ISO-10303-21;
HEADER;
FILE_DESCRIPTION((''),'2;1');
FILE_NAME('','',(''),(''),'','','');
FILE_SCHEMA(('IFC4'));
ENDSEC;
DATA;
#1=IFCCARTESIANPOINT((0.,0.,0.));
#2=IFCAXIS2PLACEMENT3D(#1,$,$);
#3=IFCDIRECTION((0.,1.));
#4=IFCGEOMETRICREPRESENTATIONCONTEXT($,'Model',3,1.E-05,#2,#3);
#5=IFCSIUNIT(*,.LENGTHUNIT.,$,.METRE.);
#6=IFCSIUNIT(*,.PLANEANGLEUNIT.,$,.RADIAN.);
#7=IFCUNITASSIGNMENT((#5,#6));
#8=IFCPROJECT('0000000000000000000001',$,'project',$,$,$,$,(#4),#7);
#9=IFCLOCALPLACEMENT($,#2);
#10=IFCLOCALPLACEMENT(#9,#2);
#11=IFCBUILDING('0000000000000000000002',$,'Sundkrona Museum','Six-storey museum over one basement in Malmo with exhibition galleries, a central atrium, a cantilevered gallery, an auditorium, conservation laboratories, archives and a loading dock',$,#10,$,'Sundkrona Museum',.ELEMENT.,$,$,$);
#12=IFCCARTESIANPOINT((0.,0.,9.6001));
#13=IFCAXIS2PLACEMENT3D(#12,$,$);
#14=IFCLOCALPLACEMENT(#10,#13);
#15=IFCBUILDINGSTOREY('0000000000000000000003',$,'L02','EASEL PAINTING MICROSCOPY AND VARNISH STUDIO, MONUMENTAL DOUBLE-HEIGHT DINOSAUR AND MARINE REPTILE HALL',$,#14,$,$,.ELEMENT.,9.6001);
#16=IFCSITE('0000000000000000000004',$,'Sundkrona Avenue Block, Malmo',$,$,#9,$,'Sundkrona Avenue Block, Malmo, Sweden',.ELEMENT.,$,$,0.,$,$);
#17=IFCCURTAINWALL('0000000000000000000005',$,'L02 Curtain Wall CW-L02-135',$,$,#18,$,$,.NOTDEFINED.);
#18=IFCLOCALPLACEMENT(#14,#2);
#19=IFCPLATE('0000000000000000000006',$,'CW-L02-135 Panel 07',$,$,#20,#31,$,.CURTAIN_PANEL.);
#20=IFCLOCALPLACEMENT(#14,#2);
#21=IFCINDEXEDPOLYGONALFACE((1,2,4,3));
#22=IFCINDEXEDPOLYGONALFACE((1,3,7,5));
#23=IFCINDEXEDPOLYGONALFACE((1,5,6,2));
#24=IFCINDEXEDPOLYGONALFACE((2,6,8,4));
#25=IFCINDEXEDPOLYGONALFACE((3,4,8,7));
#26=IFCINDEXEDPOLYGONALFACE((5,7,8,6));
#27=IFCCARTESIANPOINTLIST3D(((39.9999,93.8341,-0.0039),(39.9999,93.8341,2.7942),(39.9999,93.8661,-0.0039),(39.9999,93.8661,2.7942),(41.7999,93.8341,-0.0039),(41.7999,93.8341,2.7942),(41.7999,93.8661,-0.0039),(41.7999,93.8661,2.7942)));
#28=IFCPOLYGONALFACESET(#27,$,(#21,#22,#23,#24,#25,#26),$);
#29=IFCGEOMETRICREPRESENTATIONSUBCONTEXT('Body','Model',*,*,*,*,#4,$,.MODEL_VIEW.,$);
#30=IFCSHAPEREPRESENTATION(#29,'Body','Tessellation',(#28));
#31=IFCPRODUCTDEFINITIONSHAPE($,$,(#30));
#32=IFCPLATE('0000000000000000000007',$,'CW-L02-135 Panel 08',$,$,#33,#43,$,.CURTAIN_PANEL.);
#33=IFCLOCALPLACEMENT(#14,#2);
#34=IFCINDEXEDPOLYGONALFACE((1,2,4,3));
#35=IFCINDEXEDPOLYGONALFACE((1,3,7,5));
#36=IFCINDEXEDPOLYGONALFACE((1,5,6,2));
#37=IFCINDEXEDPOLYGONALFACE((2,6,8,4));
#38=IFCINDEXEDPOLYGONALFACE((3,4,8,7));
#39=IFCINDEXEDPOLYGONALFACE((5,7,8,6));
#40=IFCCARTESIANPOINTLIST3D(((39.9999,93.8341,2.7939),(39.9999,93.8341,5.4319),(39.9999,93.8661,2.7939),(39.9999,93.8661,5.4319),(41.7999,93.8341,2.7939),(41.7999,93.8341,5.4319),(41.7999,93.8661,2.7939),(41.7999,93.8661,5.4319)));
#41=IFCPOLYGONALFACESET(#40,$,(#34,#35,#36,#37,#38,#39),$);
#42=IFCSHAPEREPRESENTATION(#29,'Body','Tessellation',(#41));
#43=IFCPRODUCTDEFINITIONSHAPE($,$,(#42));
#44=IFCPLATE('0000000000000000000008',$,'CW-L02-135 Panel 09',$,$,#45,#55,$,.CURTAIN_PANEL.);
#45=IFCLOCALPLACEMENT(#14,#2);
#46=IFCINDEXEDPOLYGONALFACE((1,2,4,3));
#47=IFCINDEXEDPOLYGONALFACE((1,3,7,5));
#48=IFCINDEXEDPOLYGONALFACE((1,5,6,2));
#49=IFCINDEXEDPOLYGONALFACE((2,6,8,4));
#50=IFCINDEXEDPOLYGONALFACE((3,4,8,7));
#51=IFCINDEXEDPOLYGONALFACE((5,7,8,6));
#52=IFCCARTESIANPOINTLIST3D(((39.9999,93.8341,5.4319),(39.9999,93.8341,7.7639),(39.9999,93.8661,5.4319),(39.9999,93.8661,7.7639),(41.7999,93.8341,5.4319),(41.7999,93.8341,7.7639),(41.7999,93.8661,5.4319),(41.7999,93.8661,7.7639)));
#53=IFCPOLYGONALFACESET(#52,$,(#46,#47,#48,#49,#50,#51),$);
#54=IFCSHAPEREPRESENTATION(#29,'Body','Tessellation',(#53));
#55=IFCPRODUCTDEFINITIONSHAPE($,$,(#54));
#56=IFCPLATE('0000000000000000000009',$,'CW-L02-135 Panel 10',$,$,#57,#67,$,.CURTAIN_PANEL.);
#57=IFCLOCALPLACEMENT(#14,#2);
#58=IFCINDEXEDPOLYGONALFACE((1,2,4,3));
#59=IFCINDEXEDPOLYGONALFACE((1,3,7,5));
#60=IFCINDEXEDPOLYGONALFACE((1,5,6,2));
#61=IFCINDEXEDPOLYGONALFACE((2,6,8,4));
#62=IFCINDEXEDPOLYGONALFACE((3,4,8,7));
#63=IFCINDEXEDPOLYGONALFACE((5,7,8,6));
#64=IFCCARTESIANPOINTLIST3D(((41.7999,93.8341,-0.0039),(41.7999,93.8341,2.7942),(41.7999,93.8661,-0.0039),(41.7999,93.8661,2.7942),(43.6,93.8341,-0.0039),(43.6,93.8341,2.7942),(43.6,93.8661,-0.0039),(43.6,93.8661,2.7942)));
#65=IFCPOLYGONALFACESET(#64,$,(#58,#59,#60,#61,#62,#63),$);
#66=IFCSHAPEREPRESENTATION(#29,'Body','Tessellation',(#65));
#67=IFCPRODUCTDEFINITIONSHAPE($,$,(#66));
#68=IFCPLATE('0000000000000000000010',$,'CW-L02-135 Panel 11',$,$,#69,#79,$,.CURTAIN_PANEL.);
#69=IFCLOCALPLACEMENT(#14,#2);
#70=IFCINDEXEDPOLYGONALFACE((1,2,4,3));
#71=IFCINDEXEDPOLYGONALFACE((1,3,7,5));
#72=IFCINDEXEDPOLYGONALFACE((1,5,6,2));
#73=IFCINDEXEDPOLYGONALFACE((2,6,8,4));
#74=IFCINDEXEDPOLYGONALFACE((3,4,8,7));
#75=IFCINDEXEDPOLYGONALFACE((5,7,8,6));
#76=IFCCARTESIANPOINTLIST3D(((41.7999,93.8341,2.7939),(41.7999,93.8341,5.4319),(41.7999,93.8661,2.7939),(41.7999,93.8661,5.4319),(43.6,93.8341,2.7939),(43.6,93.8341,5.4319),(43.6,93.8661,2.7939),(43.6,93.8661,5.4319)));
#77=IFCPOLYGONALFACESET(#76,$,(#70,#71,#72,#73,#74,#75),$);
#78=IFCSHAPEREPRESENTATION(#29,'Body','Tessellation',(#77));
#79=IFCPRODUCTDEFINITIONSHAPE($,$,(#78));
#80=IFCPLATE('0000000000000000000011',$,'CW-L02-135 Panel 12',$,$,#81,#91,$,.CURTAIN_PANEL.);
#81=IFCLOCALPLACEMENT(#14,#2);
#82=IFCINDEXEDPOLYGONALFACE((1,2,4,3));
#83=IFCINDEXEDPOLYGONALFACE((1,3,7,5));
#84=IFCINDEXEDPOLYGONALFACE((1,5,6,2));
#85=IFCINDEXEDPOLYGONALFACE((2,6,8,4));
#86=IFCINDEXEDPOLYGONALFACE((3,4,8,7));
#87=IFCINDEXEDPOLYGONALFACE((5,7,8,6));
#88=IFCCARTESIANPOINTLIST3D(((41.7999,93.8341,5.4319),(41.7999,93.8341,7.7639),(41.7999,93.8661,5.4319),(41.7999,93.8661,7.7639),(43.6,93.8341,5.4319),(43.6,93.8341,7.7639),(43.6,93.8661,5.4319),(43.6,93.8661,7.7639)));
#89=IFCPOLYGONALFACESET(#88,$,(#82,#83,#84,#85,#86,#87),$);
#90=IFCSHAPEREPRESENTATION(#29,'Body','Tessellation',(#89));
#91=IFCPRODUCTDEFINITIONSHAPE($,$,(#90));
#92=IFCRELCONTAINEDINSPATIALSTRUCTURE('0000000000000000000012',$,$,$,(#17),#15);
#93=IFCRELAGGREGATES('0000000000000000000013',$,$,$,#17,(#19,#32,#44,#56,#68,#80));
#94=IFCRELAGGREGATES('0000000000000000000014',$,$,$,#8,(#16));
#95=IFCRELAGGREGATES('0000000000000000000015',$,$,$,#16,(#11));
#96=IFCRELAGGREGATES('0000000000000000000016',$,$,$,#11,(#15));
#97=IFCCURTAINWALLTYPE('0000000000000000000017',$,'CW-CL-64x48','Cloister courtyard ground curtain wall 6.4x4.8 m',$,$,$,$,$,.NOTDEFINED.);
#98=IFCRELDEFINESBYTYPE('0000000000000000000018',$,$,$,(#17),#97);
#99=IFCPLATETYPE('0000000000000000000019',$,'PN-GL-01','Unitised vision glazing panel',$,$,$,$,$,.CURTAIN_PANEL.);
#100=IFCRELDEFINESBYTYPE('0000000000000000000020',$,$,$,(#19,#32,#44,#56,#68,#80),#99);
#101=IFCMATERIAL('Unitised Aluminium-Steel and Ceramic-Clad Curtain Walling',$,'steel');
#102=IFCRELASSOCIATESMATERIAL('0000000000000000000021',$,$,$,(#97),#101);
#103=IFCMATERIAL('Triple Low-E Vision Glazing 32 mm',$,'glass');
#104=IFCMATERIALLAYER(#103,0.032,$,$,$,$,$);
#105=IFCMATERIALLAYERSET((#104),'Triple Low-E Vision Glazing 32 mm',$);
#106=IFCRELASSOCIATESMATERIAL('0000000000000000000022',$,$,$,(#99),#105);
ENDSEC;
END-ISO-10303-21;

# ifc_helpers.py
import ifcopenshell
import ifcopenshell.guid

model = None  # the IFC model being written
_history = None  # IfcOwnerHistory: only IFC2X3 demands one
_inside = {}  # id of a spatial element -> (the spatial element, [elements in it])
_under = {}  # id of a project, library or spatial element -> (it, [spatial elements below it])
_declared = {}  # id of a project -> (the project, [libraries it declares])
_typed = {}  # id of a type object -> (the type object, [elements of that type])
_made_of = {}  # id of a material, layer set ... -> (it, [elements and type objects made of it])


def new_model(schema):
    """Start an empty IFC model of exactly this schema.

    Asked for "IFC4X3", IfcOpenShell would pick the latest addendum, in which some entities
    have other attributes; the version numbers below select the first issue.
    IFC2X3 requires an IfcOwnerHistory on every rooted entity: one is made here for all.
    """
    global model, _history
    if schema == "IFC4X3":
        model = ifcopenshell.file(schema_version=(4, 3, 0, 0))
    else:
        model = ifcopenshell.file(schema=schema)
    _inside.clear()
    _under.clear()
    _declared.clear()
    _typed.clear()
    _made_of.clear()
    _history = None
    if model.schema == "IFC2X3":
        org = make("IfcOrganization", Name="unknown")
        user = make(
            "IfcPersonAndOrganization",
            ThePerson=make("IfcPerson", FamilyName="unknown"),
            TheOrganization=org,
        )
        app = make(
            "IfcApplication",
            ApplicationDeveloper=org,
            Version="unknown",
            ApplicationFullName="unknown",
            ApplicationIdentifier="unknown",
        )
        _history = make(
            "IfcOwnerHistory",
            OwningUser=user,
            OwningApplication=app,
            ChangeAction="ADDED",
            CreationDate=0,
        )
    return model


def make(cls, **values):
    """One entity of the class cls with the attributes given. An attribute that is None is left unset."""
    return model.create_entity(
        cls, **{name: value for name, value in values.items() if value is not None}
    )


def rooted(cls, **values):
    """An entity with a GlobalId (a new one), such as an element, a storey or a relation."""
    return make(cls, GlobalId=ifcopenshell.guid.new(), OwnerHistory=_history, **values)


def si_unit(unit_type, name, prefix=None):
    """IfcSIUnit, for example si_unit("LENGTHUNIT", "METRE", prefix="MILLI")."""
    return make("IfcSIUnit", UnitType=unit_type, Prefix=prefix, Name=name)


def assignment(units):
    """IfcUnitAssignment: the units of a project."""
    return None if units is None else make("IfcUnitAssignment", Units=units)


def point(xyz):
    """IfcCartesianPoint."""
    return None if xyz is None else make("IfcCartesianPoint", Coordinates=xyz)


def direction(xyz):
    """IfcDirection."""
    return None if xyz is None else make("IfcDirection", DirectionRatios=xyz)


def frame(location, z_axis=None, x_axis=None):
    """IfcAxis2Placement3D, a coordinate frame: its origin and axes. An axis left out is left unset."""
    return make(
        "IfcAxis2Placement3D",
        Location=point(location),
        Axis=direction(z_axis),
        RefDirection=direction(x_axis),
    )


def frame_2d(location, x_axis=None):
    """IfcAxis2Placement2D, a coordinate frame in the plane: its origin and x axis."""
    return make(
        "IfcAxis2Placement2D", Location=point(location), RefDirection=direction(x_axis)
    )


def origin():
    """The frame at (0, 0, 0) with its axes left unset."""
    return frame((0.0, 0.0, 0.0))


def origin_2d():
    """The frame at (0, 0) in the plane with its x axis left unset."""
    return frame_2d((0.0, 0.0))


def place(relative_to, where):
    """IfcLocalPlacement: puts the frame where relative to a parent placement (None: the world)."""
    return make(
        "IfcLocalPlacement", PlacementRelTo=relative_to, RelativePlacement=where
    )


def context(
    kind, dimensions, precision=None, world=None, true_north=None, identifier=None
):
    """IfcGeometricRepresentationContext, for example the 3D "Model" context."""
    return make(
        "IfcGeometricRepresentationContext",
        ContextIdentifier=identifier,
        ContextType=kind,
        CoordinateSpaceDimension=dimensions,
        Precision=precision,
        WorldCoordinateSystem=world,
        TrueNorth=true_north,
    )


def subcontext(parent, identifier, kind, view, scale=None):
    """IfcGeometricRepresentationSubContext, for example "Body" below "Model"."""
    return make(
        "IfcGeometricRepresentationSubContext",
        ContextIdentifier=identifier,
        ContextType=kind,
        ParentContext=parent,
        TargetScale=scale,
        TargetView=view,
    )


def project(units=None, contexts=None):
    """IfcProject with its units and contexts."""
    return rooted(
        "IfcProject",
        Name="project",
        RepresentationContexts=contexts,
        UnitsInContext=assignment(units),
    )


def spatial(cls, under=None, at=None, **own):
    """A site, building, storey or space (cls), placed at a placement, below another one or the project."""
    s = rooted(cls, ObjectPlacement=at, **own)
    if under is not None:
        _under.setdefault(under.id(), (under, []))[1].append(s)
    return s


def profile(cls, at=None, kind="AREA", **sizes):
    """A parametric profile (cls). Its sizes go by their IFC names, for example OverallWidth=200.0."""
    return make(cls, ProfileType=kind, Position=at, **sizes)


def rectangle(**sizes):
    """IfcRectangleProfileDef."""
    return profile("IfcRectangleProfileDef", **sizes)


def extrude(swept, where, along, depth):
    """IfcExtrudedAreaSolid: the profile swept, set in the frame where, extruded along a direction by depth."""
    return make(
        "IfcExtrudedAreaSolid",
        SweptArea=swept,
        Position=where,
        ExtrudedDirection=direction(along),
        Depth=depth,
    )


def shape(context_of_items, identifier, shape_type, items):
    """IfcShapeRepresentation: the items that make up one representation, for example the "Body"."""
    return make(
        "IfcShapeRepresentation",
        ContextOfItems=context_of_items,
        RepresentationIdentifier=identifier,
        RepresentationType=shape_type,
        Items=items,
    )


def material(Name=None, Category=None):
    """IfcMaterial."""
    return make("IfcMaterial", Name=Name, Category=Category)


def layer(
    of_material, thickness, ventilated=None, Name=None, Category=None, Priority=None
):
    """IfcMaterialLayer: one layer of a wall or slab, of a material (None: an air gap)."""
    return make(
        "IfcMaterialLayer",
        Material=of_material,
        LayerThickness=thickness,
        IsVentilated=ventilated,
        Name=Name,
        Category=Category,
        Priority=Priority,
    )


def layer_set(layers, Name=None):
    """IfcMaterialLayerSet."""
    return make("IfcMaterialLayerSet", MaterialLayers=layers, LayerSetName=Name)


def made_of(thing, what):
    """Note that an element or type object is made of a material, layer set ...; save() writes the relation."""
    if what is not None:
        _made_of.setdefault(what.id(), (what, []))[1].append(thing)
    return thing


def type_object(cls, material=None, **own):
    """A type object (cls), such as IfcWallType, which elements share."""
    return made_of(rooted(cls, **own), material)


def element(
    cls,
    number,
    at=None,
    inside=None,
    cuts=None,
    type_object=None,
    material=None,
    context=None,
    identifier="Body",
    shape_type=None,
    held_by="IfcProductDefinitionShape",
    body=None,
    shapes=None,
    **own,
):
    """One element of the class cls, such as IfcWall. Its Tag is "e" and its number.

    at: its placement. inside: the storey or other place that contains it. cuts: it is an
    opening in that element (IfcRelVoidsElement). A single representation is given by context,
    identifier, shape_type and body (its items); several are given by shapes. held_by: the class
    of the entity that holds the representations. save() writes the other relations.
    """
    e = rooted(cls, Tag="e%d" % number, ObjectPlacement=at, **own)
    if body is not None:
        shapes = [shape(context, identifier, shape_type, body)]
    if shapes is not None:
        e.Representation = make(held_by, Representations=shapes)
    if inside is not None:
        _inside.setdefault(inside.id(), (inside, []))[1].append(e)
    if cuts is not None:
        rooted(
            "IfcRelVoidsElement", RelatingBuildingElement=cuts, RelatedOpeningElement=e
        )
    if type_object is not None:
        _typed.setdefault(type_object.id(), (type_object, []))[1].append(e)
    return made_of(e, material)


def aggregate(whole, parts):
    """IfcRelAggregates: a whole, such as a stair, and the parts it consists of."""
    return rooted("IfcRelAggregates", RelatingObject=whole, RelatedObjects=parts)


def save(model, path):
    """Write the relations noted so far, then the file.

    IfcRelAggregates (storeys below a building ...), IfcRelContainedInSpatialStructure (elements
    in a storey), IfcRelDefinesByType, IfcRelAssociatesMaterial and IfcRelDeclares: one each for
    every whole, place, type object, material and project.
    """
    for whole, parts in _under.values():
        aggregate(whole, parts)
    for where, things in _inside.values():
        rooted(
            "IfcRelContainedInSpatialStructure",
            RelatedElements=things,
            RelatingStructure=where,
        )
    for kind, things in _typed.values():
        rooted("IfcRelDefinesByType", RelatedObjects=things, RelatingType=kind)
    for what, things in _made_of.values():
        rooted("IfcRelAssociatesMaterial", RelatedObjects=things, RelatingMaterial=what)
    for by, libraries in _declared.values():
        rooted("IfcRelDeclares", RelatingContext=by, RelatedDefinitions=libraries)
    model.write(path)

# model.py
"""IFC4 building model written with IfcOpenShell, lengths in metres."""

from ifc_helpers import new_model, si_unit, direction, frame, origin, origin_2d, place, context, subcontext, project, spatial, rectangle, extrude, material, layer, layer_set, type_object, element, aggregate, save


model = new_model("IFC4")

# Units and contexts
model_context = context("Model", 3, precision=1e-05, world=origin(), true_north=direction((0.0, 1.0)))
body_context = subcontext(model_context, "Body", "Model", "MODEL_VIEW")
ifc_project = project(units=[si_unit("LENGTHUNIT", "METRE"), si_unit("PLANEANGLEUNIT", "RADIAN")], contexts=[model_context])

# Site, building, storey
site_placement = place(None, origin())
site = spatial("IfcSite", under=ifc_project, at=site_placement, Name="Sundkrona Avenue Block, Malmo", LongName="Sundkrona Avenue Block, Malmo, Sweden", CompositionType="ELEMENT", RefElevation=0.0)
building_placement = place(site_placement, origin())
building = spatial("IfcBuilding", under=site, at=building_placement, Name="Sundkrona Museum", Description="Six-storey museum over one basement in Malmo with exhibition galleries, a central atrium, a cantilevered gallery, an auditorium, conservation laboratories, archives and a loading dock", LongName="Sundkrona Museum", CompositionType="ELEMENT")
storey_placement = place(building_placement, frame((0.0, 0.0, 9.6001)))
storey = spatial("IfcBuildingStorey", under=building, at=storey_placement, Name="L02", Description="EASEL PAINTING MICROSCOPY AND VARNISH STUDIO, MONUMENTAL DOUBLE-HEIGHT DINOSAUR AND MARINE REPTILE HALL", CompositionType="ELEMENT", Elevation=9.6001)

# Curtain wall, plates
ifc_material_1 = material(Name="Unitised Aluminium-Steel and Ceramic-Clad Curtain Walling", Category="steel")
curtain_wall_type = type_object("IfcCurtainWallType", Name="CW-CL-64x48", Description="Cloister courtyard ground curtain wall 6.4x4.8 m", PredefinedType="NOTDEFINED", material=ifc_material_1)
curtain_wall_placement = place(storey_placement, origin())
curtain_wall = element("IfcCurtainWall", 1, at=curtain_wall_placement, inside=storey, type_object=curtain_wall_type, Name="L02 Curtain Wall CW-L02-135", PredefinedType="NOTDEFINED")
ifc_material_2 = material(Name="Triple Low-E Vision Glazing 32 mm", Category="glass")
ifc_layer = layer(ifc_material_2, 0.032)
ifc_layer_set = layer_set([ifc_layer], Name="Triple Low-E Vision Glazing 32 mm")
plate_type = type_object("IfcPlateType", Name="PN-GL-01", Description="Unitised vision glazing panel", PredefinedType="CURTAIN_PANEL", material=ifc_layer_set)
plate_1_placement = place(storey_placement, frame((40.8999, 93.8501, -0.0039), z_axis=(0.0, 0.0, 1.0), x_axis=(1.0, 0.0, 0.0)))
plate_1 = element("IfcPlate", 2, at=plate_1_placement, type_object=plate_type, Name="CW-L02-135 Panel 07", PredefinedType="CURTAIN_PANEL", context=body_context, shape_type="SweptSolid", body=[
    extrude(rectangle(XDim=1.8, YDim=0.032, at=origin_2d()), origin(), (0.0, 0.0, 1.0), 2.7981),
])
plate_2_placement = place(storey_placement, frame((40.8999, 93.8501, 2.7939), z_axis=(0.0, 0.0, 1.0), x_axis=(1.0, 0.0, 0.0)))
plate_2 = element("IfcPlate", 3, at=plate_2_placement, type_object=plate_type, Name="CW-L02-135 Panel 08", PredefinedType="CURTAIN_PANEL", context=body_context, shape_type="SweptSolid", body=[
    extrude(rectangle(XDim=1.8, YDim=0.032, at=origin_2d()), origin(), (0.0, 0.0, 1.0), 2.6379),
])
plate_3_placement = place(storey_placement, frame((40.8999, 93.8501, 5.4319), z_axis=(0.0, 0.0, 1.0), x_axis=(1.0, 0.0, 0.0)))
plate_3 = element("IfcPlate", 4, at=plate_3_placement, type_object=plate_type, Name="CW-L02-135 Panel 09", PredefinedType="CURTAIN_PANEL", context=body_context, shape_type="SweptSolid", body=[
    extrude(rectangle(XDim=1.8, YDim=0.032, at=origin_2d()), origin(), (0.0, 0.0, 1.0), 2.332),
])
plate_4_placement = place(storey_placement, frame((42.7, 93.8501, -0.0039), z_axis=(0.0, 0.0, 1.0), x_axis=(1.0, 0.0, 0.0)))
plate_4 = element("IfcPlate", 5, at=plate_4_placement, type_object=plate_type, Name="CW-L02-135 Panel 10", PredefinedType="CURTAIN_PANEL", context=body_context, shape_type="SweptSolid", body=[
    extrude(rectangle(XDim=1.8, YDim=0.032, at=origin_2d()), origin(), (0.0, 0.0, 1.0), 2.7981),
])
plate_5_placement = place(storey_placement, frame((42.7, 93.8501, 2.7939), z_axis=(0.0, 0.0, 1.0), x_axis=(1.0, 0.0, 0.0)))
plate_5 = element("IfcPlate", 6, at=plate_5_placement, type_object=plate_type, Name="CW-L02-135 Panel 11", PredefinedType="CURTAIN_PANEL", context=body_context, shape_type="SweptSolid", body=[
    extrude(rectangle(XDim=1.8, YDim=0.032, at=origin_2d()), origin(), (0.0, 0.0, 1.0), 2.6379),
])
plate_6_placement = place(storey_placement, frame((42.7, 93.8501, 5.4319), z_axis=(0.0, 0.0, 1.0), x_axis=(1.0, 0.0, 0.0)))
plate_6 = element("IfcPlate", 7, at=plate_6_placement, type_object=plate_type, Name="CW-L02-135 Panel 12", PredefinedType="CURTAIN_PANEL", context=body_context, shape_type="SweptSolid", body=[
    extrude(rectangle(XDim=1.8, YDim=0.032, at=origin_2d()), origin(), (0.0, 0.0, 1.0), 2.332),
])
aggregate(curtain_wall, [plate_1, plate_2, plate_3, plate_4, plate_5, plate_6])

save(model, "model.ifc")
